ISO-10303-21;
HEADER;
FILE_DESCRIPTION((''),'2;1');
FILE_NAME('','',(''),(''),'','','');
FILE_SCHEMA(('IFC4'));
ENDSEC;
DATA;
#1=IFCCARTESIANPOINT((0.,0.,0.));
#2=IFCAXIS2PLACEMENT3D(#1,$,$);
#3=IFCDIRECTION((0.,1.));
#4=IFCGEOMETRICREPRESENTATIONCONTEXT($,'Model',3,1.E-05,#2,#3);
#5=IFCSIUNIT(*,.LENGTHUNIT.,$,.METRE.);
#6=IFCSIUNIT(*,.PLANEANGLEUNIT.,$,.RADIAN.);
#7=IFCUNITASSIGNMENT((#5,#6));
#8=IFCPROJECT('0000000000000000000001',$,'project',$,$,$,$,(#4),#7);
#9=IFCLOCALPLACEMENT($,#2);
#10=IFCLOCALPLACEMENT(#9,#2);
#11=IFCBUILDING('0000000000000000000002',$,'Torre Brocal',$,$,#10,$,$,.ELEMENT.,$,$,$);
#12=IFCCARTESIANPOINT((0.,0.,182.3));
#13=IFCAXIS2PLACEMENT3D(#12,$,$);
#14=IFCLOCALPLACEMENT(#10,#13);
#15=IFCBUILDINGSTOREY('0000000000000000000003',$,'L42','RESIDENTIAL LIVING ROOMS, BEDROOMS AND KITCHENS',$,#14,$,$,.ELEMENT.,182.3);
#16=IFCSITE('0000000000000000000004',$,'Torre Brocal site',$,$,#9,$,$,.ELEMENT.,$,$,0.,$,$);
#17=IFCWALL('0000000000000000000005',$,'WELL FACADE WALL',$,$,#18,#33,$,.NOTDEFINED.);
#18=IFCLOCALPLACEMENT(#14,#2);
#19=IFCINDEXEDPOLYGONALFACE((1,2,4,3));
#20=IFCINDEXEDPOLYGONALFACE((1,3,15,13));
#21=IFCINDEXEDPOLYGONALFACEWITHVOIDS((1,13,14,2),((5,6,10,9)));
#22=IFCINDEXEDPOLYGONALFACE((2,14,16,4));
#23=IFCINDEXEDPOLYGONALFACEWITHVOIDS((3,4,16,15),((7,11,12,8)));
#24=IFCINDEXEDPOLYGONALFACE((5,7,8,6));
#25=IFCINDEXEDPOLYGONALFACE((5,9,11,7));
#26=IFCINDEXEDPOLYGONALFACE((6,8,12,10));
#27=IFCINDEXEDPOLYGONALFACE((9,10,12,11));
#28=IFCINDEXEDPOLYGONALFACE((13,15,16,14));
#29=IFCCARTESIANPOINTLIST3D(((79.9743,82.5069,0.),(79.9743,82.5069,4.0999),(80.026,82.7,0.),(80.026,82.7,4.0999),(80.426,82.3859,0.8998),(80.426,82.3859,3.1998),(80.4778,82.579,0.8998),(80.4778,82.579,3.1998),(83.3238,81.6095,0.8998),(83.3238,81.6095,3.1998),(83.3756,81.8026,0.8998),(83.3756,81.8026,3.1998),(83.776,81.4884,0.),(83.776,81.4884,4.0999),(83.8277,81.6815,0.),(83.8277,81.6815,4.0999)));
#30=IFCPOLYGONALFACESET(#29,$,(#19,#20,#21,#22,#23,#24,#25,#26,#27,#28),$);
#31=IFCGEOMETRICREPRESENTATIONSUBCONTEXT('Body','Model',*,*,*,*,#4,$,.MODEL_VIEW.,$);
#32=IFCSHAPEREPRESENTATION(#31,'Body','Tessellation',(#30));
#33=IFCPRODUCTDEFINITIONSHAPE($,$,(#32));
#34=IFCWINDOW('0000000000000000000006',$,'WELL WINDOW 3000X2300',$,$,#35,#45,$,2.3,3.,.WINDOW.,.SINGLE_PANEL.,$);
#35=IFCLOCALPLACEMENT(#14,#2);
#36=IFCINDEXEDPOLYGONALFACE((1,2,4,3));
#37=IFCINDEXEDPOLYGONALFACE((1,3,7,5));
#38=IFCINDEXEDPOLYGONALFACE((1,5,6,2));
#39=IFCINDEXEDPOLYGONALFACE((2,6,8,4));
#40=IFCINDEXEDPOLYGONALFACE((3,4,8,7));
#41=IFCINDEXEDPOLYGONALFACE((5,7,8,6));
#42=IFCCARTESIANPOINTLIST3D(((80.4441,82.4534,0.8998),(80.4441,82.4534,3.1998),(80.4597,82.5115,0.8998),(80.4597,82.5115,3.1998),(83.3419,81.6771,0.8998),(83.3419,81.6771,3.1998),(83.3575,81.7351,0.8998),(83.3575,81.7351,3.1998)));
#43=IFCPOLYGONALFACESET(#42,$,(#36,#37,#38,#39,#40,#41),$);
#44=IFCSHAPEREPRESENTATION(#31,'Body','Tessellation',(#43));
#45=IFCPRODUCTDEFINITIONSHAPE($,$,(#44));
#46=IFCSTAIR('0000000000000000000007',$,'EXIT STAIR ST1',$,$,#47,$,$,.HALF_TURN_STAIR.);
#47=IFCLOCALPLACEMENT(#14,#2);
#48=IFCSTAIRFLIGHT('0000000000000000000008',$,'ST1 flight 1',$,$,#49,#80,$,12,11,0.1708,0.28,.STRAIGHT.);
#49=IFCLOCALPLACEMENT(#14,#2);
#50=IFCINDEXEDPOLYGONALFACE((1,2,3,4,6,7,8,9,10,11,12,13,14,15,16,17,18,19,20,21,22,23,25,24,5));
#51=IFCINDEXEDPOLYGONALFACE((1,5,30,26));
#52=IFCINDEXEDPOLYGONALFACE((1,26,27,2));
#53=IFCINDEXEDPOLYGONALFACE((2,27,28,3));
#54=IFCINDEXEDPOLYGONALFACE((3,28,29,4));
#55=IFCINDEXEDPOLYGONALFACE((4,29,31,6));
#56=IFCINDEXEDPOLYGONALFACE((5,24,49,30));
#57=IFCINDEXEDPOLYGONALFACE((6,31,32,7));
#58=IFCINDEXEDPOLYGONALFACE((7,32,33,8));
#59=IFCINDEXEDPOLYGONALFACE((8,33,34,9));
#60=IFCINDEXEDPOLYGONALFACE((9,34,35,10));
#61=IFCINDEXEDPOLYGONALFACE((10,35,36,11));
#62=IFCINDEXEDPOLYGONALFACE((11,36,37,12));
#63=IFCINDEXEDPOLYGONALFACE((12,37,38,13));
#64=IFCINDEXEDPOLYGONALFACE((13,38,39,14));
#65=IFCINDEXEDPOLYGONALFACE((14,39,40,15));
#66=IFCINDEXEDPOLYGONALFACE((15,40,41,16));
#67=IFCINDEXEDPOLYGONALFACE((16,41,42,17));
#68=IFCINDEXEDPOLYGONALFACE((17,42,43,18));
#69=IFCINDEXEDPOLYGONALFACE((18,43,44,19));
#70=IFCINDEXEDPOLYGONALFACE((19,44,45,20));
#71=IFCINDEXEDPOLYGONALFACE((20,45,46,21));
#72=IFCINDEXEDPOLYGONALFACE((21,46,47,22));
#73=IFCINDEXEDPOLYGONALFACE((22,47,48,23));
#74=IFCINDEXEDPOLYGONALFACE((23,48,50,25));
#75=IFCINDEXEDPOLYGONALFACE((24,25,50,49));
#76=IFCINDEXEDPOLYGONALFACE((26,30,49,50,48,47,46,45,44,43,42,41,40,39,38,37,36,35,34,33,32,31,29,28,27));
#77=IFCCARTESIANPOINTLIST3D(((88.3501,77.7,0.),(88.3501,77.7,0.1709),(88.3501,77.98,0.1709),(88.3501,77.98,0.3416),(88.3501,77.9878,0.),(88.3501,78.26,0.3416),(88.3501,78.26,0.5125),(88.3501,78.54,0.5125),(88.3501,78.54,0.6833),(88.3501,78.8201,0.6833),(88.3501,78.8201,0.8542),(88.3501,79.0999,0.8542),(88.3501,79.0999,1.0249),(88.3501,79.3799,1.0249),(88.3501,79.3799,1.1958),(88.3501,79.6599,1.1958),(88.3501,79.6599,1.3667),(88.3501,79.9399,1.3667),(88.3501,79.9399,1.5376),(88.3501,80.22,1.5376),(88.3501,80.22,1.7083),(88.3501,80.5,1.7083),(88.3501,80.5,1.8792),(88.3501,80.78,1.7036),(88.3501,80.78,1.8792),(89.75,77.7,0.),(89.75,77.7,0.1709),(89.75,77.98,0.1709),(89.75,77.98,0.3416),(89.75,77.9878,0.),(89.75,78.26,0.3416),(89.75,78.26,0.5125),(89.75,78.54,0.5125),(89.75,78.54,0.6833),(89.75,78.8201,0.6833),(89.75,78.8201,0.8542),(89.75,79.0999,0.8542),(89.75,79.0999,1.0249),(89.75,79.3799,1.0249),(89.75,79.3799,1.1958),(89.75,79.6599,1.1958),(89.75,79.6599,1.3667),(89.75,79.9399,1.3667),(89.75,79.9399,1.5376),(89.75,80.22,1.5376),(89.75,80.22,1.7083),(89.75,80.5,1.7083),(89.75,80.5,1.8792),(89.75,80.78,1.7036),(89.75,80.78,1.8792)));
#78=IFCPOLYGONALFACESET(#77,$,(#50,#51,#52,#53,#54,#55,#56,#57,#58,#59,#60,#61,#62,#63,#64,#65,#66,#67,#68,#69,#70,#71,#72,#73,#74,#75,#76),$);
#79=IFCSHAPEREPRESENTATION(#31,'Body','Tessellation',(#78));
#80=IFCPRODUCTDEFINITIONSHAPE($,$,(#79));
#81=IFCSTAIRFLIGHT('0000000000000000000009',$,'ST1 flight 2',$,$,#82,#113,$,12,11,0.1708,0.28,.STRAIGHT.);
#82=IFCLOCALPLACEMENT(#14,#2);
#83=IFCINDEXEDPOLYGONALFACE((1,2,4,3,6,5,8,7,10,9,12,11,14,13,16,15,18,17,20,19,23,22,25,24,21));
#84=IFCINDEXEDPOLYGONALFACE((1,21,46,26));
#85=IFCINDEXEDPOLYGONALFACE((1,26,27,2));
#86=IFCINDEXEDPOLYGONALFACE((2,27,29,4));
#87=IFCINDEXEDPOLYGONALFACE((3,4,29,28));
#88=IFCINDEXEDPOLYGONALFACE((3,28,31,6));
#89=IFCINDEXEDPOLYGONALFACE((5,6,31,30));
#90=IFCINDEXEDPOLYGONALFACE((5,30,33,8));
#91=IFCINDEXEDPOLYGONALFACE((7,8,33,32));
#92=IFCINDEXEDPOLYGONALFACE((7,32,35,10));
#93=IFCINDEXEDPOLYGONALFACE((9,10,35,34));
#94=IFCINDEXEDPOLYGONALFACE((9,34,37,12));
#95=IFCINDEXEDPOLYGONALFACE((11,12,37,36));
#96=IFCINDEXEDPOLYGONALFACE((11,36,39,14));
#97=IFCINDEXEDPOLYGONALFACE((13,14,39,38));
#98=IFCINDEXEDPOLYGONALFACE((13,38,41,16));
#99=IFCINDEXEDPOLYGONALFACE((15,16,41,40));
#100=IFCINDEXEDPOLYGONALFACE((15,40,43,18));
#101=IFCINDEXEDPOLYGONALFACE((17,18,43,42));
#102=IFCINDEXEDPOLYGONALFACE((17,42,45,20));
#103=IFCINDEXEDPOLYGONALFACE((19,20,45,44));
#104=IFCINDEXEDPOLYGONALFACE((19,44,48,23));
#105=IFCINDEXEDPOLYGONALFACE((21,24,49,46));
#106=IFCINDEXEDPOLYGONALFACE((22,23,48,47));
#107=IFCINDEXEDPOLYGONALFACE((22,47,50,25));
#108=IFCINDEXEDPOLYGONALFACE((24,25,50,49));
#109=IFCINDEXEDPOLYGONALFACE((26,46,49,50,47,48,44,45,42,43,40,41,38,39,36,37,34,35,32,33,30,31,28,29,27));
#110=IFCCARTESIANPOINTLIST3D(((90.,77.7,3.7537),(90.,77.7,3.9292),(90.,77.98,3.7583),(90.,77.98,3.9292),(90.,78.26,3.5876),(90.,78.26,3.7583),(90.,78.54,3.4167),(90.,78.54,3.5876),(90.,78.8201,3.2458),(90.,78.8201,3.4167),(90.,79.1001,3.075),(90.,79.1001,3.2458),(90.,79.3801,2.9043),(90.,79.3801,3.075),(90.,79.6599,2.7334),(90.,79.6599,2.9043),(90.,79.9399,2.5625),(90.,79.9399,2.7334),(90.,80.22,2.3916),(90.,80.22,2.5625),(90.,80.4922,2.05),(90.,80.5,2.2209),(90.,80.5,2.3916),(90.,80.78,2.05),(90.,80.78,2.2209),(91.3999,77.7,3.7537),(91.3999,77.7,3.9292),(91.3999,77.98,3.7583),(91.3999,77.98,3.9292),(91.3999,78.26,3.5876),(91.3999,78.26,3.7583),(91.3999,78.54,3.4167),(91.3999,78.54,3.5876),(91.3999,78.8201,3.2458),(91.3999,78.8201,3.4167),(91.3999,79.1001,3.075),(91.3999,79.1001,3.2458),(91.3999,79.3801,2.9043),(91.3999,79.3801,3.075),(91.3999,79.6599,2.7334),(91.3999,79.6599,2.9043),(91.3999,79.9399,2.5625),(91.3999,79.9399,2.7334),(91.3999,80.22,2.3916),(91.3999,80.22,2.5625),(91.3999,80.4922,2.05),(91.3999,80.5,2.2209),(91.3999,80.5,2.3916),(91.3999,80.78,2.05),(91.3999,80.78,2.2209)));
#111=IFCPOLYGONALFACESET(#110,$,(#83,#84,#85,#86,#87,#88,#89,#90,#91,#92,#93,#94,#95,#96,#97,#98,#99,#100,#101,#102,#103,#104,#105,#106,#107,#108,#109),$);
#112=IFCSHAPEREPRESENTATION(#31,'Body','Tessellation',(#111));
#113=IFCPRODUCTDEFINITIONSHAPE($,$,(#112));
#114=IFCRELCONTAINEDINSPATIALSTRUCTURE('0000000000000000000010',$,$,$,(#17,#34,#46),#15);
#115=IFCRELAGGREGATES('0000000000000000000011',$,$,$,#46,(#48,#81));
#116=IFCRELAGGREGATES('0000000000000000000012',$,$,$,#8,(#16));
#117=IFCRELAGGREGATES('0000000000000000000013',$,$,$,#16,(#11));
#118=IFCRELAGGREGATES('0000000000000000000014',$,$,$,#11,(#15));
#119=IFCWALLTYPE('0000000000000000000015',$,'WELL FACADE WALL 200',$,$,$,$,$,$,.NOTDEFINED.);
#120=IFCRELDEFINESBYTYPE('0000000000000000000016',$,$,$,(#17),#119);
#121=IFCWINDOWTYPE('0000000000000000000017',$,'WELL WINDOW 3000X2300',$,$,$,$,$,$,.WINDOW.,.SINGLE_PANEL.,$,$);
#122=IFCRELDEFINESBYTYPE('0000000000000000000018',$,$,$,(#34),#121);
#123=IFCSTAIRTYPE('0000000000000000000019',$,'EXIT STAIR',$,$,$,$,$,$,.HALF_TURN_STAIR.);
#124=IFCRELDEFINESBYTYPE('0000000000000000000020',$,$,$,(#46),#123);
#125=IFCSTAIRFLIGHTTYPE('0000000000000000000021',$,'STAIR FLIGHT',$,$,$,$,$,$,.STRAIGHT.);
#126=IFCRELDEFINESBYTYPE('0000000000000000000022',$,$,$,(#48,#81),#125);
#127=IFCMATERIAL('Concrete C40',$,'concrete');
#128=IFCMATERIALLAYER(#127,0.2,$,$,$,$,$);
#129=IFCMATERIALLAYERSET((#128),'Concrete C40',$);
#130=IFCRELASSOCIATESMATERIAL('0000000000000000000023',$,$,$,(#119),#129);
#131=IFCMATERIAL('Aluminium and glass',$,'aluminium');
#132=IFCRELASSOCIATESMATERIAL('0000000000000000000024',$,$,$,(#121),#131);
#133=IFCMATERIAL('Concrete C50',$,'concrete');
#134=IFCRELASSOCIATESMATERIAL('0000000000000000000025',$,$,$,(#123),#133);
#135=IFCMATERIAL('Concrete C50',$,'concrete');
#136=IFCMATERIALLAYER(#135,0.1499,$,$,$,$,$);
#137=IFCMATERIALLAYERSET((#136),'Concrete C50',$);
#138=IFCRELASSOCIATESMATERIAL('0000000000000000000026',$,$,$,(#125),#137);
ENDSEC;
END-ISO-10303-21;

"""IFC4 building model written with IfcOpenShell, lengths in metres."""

from ifc_helpers import new_model, si_unit, direction, frame, frame_2d, origin, place, context, subcontext, project, spatial, polyline, rectangle, outline, extrude, material, layer, layer_set, type_object, element, fill, aggregate, save


model = new_model("IFC4")

# Units and contexts
model_context = context("Model", 3, precision=1e-05, world=origin(), true_north=direction((0.0, 1.0)))
body_context = subcontext(model_context, "Body", "Model", "MODEL_VIEW")
ifc_project = project(units=[si_unit("LENGTHUNIT", "METRE"), si_unit("PLANEANGLEUNIT", "RADIAN")], contexts=[model_context])

# Site, building, storey
site_placement = place(None, origin())
site = spatial("IfcSite", under=ifc_project, at=site_placement, Name="Torre Brocal site", CompositionType="ELEMENT", RefElevation=0.0)
building_placement = place(site_placement, origin())
building = spatial("IfcBuilding", under=site, at=building_placement, Name="Torre Brocal", CompositionType="ELEMENT")
storey_placement = place(building_placement, frame((0.0, 0.0, 182.3)))
storey = spatial("IfcBuildingStorey", under=building, at=storey_placement, Name="L42", Description="RESIDENTIAL LIVING ROOMS, BEDROOMS AND KITCHENS", CompositionType="ELEMENT", Elevation=182.3)

# Wall, opening, window
ifc_material_1 = material(Name="Concrete C40", Category="concrete")
ifc_layer_1 = layer(ifc_material_1, 0.2)
ifc_layer_set_1 = layer_set([ifc_layer_1], Name="Concrete C40")
wall_type_1 = type_object("IfcWallType", Name="WELL FACADE WALL 200", PredefinedType="NOTDEFINED", material=ifc_layer_set_1)
ifc_material_2 = material(Name="Aluminium and glass", Category="aluminium")
window_type = type_object("IfcWindowType", Name="WELL WINDOW 3000X2300", PartitioningType="SINGLE_PANEL", PredefinedType="WINDOW", material=ifc_material_2)
wall_1_placement = place(storey_placement, frame((83.8018, 81.585, 0.0), z_axis=(0.0, 0.0, 1.0), x_axis=(-0.965934, 0.25879, 0.0)))
wall_1 = element("IfcWall", 1, at=wall_1_placement, inside=storey, type_object=wall_type_1, Name="WELL FACADE WALL", PredefinedType="NOTDEFINED", context=body_context, shape_type="SweptSolid", body=[
    extrude(rectangle(XDim=3.9358, YDim=0.2, at=frame_2d((1.9678, 0.0))), origin(), (0.0, 0.0, 1.0), 4.0999),
])
opening_1_placement = place(wall_1_placement, frame((0.468, 0.0, 0.8999)))
opening_1 = element("IfcOpeningElement", 2, at=opening_1_placement, cuts=wall_1, PredefinedType="OPENING", context=body_context, shape_type="SweptSolid", body=[
    extrude(rectangle(XDim=3.0, YDim=2.3, at=frame_2d((1.5, 1.1499))), frame((0.0, 0.1099, 0.0), z_axis=(0.0, -1.0, 0.0), x_axis=(1.0, 0.0, 0.0)), (0.0, 0.0, 1.0), 0.22),
])
window_1_placement = place(opening_1_placement, origin())
window_1 = element("IfcWindow", 3, at=window_1_placement, inside=storey, type_object=window_type, Name="WELL WINDOW 3000X2300", OverallHeight=2.3, OverallWidth=3.0, PartitioningType="SINGLE_PANEL", PredefinedType="WINDOW", context=body_context, shape_type="SweptSolid", body=[
    extrude(rectangle(XDim=3.0, YDim=2.3, at=frame_2d((1.5, 1.1499))), frame((0.0, 0.03, 0.0), z_axis=(0.0, -1.0, 0.0), x_axis=(1.0, 0.0, 0.0)), (0.0, 0.0, 1.0), 0.0601),
])
fill(opening_1, window_1)

# Stair, stair flights
ifc_material_3 = material(Name="Concrete C50", Category="concrete")
stair_type = type_object("IfcStairType", Name="EXIT STAIR", PredefinedType="HALF_TURN_STAIR", material=ifc_material_3)
stair_placement = place(storey_placement, origin())
stair = element("IfcStair", 4, at=stair_placement, inside=storey, type_object=stair_type, Name="EXIT STAIR ST1", PredefinedType="HALF_TURN_STAIR")
ifc_material_4 = material(Name="Concrete C50", Category="concrete")
ifc_layer_2 = layer(ifc_material_4, 0.1499)
ifc_layer_set_2 = layer_set([ifc_layer_2], Name="Concrete C50")
stair_flight_type = type_object("IfcStairFlightType", Name="STAIR FLIGHT", PredefinedType="STRAIGHT", material=ifc_layer_set_2)
stair_flight_1_placement = place(storey_placement, frame((89.05, 77.7, 0.0), z_axis=(0.0, 0.0, 1.0), x_axis=(0.0, 1.0, 0.0)))
stair_flight_1 = element("IfcStairFlight", 5, at=stair_flight_1_placement, type_object=stair_flight_type, Name="ST1 flight 1", NumberOfRisers=12, NumberOfTreads=11, PredefinedType="STRAIGHT", RiserHeight=0.1708, TreadLength=0.28, context=body_context, shape_type="SweptSolid", body=[
    extrude(outline(polyline([(0.0, 0.0), (0.0, 0.1709), (0.28, 0.1709), (0.28, 0.3416), (0.5601, 0.3416), (0.5601, 0.5125), (0.8401, 0.5125), (0.8401, 0.6833), (1.1201, 0.6833), (1.1201, 0.8542), (1.3999, 0.8542), (1.3999, 1.0249), (1.6799, 1.0249), (1.6799, 1.1958), (1.96, 1.1958), (1.96, 1.3667), (2.24, 1.3667), (2.24, 1.5376), (2.52, 1.5376), (2.52, 1.7083), (2.8, 1.7083), (2.8, 1.8792), (3.0801, 1.8792), (3.0801, 2.05), (3.0801, 1.7036), (0.2878, 0.0), (0.0, 0.0)])), frame((0.0, 0.7, 0.0), z_axis=(0.0, -1.0, 0.0), x_axis=(1.0, 0.0, 0.0)), (0.0, 0.0, 1.0), 1.3999),
])
stair_flight_2_placement = place(storey_placement, frame((90.7, 80.78, 2.05), z_axis=(0.0, 0.0, 1.0), x_axis=(0.0, -1.0, 0.0)))
stair_flight_2 = element("IfcStairFlight", 6, at=stair_flight_2_placement, type_object=stair_flight_type, Name="ST1 flight 2", NumberOfRisers=12, NumberOfTreads=11, PredefinedType="STRAIGHT", RiserHeight=0.1708, TreadLength=0.28, context=body_context, shape_type="SweptSolid", body=[
    extrude(outline(polyline([(0.0, 0.0), (0.0, 0.1709), (0.28, 0.1709), (0.28, 0.3416), (0.5601, 0.3416), (0.5601, 0.5125), (0.8401, 0.5125), (0.8401, 0.6833), (1.1201, 0.6833), (1.1201, 0.8542), (1.3999, 0.8542), (1.3999, 1.0249), (1.6799, 1.0249), (1.6799, 1.1958), (1.96, 1.1958), (1.96, 1.3667), (2.24, 1.3667), (2.24, 1.5376), (2.52, 1.5376), (2.52, 1.7083), (2.8, 1.7083), (2.8, 1.8792), (3.0801, 1.8792), (3.0801, 2.05), (3.0801, 1.7036), (0.2878, 0.0), (0.0, 0.0)])), frame((0.0, 0.7, 0.0), z_axis=(0.0, -1.0, 0.0), x_axis=(1.0, 0.0, 0.0)), (0.0, 0.0, 1.0), 1.3999),
])
aggregate(stair, [stair_flight_1, stair_flight_2])

save(model, "model.ifc")
